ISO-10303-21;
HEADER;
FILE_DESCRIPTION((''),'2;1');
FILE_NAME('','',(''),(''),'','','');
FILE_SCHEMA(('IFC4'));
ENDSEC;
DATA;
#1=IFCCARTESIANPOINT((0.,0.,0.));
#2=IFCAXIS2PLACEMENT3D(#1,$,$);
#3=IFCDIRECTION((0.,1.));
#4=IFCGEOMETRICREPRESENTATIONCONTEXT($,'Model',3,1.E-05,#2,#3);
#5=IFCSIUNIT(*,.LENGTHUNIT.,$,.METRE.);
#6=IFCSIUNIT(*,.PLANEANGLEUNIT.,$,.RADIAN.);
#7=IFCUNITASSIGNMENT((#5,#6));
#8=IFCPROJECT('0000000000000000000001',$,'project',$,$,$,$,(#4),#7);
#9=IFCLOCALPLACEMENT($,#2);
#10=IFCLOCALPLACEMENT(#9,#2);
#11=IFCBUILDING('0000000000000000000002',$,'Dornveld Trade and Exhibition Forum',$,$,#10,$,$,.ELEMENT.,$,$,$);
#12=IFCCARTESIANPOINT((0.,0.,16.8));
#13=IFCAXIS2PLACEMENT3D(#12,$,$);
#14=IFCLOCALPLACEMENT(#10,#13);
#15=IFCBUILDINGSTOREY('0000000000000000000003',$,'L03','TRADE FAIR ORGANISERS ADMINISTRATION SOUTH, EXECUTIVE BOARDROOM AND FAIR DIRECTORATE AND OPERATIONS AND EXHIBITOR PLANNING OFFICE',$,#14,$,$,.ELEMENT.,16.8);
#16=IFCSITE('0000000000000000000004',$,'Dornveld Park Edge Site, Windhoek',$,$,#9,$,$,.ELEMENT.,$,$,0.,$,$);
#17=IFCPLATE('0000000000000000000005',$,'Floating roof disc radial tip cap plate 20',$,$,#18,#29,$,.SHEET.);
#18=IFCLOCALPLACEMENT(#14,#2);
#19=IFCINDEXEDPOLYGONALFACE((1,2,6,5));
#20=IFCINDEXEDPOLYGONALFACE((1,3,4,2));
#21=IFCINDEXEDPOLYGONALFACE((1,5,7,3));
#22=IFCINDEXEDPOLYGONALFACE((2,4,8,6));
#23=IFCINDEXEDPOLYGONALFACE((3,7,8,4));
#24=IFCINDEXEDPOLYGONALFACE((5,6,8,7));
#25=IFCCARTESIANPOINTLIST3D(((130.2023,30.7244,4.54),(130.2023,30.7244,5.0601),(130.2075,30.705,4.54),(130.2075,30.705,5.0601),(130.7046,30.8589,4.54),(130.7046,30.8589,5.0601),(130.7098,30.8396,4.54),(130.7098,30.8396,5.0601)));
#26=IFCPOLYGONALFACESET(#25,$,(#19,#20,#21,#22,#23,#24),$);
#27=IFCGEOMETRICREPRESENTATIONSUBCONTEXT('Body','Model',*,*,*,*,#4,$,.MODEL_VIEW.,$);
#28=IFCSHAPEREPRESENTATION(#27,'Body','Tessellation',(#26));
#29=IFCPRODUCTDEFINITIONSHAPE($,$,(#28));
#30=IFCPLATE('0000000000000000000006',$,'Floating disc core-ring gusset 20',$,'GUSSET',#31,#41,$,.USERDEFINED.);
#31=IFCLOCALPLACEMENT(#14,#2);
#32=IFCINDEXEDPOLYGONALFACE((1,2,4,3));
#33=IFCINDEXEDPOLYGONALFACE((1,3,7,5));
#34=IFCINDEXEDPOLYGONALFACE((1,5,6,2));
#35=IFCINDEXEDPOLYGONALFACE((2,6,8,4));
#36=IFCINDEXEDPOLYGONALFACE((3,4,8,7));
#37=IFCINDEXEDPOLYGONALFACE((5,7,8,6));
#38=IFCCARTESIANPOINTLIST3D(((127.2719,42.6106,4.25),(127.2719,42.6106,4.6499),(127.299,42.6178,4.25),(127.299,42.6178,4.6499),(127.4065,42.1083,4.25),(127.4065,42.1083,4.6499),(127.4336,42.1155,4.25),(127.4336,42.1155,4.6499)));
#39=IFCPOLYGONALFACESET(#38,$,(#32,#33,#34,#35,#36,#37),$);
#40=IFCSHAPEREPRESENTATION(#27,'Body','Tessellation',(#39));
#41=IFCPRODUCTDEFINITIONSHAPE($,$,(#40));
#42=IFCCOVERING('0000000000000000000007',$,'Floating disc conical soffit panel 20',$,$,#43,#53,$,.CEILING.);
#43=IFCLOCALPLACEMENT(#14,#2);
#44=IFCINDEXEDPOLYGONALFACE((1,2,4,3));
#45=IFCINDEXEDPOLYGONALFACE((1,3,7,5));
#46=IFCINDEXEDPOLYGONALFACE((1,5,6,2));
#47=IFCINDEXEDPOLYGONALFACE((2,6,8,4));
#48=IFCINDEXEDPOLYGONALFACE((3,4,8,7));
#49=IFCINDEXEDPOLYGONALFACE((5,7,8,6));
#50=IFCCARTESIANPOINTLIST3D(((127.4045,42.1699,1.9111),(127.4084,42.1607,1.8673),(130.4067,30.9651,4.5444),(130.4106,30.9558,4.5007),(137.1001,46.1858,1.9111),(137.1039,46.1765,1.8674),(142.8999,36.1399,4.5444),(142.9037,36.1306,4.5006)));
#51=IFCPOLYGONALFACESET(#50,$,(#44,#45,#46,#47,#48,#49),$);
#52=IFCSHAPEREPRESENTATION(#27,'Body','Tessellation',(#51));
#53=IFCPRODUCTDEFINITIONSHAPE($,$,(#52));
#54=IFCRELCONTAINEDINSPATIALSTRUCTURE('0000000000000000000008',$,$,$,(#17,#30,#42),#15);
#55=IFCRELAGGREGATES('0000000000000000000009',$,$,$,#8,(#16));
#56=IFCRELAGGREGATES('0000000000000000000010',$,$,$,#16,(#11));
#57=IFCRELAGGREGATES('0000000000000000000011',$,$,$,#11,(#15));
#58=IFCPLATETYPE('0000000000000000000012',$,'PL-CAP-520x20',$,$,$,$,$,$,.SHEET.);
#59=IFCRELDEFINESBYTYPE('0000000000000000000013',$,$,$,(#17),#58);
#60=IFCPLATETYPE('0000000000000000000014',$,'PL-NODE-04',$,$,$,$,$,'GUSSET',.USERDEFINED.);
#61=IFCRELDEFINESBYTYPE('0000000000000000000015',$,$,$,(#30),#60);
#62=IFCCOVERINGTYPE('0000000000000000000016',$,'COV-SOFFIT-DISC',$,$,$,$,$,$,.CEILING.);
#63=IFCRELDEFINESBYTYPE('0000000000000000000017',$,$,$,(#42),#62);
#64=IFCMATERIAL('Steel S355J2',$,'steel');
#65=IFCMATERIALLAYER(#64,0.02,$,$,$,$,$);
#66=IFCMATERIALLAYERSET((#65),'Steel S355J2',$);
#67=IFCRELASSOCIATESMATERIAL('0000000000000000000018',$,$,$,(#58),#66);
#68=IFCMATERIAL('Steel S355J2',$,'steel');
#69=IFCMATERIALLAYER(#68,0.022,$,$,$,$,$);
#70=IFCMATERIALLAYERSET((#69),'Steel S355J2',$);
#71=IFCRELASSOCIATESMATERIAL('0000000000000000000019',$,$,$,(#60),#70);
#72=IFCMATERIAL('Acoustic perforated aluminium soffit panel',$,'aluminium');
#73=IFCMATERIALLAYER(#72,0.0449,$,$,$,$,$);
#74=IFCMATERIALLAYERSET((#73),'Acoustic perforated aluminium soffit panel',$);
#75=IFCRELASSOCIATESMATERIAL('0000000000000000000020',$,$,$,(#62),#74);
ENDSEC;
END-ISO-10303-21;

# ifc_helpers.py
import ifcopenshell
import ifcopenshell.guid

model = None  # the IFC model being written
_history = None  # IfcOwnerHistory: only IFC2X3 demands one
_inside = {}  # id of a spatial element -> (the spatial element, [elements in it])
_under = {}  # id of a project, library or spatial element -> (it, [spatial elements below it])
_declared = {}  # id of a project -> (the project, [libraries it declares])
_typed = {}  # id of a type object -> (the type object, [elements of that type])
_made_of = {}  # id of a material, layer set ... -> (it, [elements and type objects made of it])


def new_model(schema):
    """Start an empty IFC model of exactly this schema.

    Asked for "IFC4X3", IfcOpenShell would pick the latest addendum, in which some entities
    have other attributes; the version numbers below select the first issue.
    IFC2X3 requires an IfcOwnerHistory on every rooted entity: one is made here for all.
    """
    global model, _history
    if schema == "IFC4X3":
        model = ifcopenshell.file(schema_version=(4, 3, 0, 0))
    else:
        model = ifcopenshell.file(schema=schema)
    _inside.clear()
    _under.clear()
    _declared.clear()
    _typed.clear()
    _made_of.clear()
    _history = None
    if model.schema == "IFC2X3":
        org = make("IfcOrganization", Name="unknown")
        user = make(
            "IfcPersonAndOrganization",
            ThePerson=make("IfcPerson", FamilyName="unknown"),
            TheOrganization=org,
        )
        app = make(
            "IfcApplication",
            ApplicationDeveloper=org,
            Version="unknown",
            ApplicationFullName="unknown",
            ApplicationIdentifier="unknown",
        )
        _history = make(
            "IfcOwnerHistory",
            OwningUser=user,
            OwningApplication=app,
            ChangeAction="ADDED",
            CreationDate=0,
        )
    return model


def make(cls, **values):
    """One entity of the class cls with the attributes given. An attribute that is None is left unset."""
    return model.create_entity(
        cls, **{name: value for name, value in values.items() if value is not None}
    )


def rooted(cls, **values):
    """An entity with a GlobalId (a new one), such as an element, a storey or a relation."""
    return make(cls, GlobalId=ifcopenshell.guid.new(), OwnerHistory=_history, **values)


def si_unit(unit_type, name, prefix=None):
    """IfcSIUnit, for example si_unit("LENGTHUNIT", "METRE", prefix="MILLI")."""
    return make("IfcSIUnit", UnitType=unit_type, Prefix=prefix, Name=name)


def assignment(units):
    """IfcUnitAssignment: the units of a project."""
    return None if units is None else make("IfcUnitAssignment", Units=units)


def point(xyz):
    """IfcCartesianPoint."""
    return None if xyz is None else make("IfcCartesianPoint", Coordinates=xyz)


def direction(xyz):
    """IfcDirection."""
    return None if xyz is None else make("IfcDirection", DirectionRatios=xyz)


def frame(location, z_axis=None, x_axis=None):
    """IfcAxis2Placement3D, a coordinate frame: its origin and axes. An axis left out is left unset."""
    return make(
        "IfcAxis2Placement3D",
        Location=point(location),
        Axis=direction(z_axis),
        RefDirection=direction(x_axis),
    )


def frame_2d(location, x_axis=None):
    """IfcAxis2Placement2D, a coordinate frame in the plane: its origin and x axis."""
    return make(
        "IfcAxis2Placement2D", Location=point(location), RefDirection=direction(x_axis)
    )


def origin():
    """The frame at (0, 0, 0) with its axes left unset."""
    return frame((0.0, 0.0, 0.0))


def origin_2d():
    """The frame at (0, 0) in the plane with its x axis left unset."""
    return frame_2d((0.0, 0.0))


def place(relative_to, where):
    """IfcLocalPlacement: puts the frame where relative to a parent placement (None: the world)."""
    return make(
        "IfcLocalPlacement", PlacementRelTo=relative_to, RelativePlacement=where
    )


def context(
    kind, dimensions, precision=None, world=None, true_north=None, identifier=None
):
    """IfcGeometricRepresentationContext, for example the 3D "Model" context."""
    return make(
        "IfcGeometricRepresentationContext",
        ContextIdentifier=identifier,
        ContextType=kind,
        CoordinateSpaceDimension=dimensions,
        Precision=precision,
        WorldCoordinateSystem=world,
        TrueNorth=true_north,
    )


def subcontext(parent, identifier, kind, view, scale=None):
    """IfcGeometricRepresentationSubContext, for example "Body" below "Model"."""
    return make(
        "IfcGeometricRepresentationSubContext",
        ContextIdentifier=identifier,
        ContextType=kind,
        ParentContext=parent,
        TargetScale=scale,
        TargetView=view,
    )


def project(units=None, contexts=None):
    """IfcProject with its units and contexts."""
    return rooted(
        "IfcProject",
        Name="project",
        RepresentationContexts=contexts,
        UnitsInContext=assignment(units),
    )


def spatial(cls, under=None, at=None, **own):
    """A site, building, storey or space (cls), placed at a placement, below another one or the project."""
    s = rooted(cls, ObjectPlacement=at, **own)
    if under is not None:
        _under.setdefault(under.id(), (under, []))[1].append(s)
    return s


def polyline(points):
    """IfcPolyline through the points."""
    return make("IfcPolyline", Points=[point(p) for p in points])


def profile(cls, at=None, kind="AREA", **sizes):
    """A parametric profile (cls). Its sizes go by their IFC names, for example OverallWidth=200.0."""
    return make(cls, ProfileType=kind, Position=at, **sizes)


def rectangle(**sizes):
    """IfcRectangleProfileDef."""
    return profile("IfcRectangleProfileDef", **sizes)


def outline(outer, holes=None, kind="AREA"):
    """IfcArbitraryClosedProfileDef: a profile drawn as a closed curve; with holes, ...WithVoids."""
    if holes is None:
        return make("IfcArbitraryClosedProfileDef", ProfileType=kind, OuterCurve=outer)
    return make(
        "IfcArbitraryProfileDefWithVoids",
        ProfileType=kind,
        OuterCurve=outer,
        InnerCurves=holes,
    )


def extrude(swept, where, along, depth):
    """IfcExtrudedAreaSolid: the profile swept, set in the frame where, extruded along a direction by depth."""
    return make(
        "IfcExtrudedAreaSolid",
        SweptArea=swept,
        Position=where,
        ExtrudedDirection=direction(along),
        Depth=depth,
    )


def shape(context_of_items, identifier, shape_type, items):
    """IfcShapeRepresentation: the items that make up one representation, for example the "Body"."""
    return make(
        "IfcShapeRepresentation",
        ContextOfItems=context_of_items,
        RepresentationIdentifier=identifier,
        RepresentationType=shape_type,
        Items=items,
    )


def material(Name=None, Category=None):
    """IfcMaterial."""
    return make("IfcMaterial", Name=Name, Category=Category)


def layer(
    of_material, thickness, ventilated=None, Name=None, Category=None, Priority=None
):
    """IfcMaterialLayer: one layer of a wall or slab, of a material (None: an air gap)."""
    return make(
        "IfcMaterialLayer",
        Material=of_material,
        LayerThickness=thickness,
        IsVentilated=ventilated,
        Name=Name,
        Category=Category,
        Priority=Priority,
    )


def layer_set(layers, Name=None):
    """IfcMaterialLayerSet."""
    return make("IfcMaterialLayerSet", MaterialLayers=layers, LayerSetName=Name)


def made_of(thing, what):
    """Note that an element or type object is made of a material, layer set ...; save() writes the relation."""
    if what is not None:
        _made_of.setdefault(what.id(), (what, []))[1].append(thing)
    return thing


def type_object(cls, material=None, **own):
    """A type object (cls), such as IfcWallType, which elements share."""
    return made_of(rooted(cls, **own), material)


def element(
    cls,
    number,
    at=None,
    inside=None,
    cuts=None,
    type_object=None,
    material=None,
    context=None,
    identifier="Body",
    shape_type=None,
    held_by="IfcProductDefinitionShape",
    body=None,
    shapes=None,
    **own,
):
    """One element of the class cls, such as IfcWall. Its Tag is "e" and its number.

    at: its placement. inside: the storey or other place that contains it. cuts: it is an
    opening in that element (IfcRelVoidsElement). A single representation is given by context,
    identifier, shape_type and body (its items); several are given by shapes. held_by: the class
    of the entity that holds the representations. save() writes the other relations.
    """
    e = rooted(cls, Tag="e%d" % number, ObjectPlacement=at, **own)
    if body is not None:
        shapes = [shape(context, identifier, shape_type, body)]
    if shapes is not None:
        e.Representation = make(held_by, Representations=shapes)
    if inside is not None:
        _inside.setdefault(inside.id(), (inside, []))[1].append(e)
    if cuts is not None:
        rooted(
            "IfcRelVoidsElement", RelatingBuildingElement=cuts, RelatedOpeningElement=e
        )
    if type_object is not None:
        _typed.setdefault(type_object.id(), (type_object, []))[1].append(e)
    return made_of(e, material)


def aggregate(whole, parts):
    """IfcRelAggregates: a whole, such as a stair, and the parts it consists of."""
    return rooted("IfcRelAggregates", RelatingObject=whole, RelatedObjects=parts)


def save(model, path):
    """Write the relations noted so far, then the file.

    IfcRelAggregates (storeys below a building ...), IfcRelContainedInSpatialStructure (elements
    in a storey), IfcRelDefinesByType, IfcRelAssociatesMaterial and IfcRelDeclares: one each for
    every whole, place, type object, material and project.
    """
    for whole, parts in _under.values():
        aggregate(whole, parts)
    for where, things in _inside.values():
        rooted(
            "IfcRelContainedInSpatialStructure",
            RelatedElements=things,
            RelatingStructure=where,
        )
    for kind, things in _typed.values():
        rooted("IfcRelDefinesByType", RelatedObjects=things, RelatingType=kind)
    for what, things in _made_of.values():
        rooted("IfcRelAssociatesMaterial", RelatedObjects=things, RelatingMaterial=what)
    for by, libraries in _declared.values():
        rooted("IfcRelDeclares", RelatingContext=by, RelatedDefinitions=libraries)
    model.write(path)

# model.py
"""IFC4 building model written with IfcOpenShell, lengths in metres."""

from ifc_helpers import new_model, si_unit, direction, frame, origin, origin_2d, place, context, subcontext, project, spatial, polyline, rectangle, outline, extrude, material, layer, layer_set, type_object, element, save


model = new_model("IFC4")

# Units and contexts
model_context = context("Model", 3, precision=1e-05, world=origin(), true_north=direction((0.0, 1.0)))
body_context = subcontext(model_context, "Body", "Model", "MODEL_VIEW")
ifc_project = project(units=[si_unit("LENGTHUNIT", "METRE"), si_unit("PLANEANGLEUNIT", "RADIAN")], contexts=[model_context])

# Site, building, storey
site_placement = place(None, origin())
site = spatial("IfcSite", under=ifc_project, at=site_placement, Name="Dornveld Park Edge Site, Windhoek", CompositionType="ELEMENT", RefElevation=0.0)
building_placement = place(site_placement, origin())
building = spatial("IfcBuilding", under=site, at=building_placement, Name="Dornveld Trade and Exhibition Forum", CompositionType="ELEMENT")
storey_placement = place(building_placement, frame((0.0, 0.0, 16.8)))
storey = spatial("IfcBuildingStorey", under=building, at=storey_placement, Name="L03", Description="TRADE FAIR ORGANISERS ADMINISTRATION SOUTH, EXECUTIVE BOARDROOM AND FAIR DIRECTORATE AND OPERATIONS AND EXHIBITOR PLANNING OFFICE", CompositionType="ELEMENT", Elevation=16.8)

# Plates
ifc_material_1 = material(Name="Steel S355J2", Category="steel")
ifc_layer_1 = layer(ifc_material_1, 0.02)
ifc_layer_set_1 = layer_set([ifc_layer_1], Name="Steel S355J2")
plate_type_1 = type_object("IfcPlateType", Name="PL-CAP-520x20", PredefinedType="SHEET", material=ifc_layer_set_1)
plate_1_placement = place(storey_placement, frame((130.4561, 30.782, 4.54), z_axis=(0.0, 0.0, 1.0), x_axis=(0.258819, -0.965926, 0.0)))
element("IfcPlate", 1, at=plate_1_placement, inside=storey, type_object=plate_type_1, Name="Floating roof disc radial tip cap plate 20", PredefinedType="SHEET", context=body_context, shape_type="SweptSolid", body=[
    extrude(rectangle(XDim=0.02, YDim=0.52, at=origin_2d()), origin(), (0.0, 0.0, 1.0), 0.52),
])
ifc_material_2 = material(Name="Steel S355J2", Category="steel")
ifc_layer_2 = layer(ifc_material_2, 0.022)
ifc_layer_set_2 = layer_set([ifc_layer_2], Name="Steel S355J2")
plate_type_2 = type_object("IfcPlateType", Name="PL-NODE-04", ElementType="GUSSET", PredefinedType="USERDEFINED", material=ifc_layer_set_2)
plate_2_placement = place(storey_placement, frame((127.3528, 42.363, 4.25), z_axis=(0.0, 0.0, 1.0), x_axis=(0.258819, -0.965926, 0.0)))
element("IfcPlate", 2, at=plate_2_placement, inside=storey, type_object=plate_type_2, Name="Floating disc core-ring gusset 20", ObjectType="GUSSET", PredefinedType="USERDEFINED", context=body_context, shape_type="SweptSolid", body=[
    extrude(rectangle(XDim=0.52, YDim=0.0281, at=origin_2d()), origin(), (0.0, 0.0, 1.0), 0.3999),
])

# Covering
ifc_material_3 = material(Name="Acoustic perforated aluminium soffit panel", Category="aluminium")
ifc_layer_3 = layer(ifc_material_3, 0.0449)
ifc_layer_set_3 = layer_set([ifc_layer_3], Name="Acoustic perforated aluminium soffit panel")
covering_type = type_object("IfcCoveringType", Name="COV-SOFFIT-DISC", PredefinedType="CEILING", material=ifc_layer_set_3)
covering_placement = place(storey_placement, frame((127.4045, 42.1699, 1.9111), z_axis=(-0.08541, 0.206203, 0.974775), x_axis=(0.252387, -0.941962, 0.221376)))
element("IfcCovering", 3, at=covering_placement, inside=storey, type_object=covering_type, Name="Floating disc conical soffit panel 20", PredefinedType="CEILING", context=body_context, shape_type="SweptSolid", body=[
    extrude(outline(polyline([(0.0, 0.0), (11.8952, 0.0), (10.1738, 13.4125), (-1.3358, 10.409), (0.0, 0.0)])), origin(), (0.0, 0.0, -1.0), 0.0449),
])

save(model, "model.ifc")
